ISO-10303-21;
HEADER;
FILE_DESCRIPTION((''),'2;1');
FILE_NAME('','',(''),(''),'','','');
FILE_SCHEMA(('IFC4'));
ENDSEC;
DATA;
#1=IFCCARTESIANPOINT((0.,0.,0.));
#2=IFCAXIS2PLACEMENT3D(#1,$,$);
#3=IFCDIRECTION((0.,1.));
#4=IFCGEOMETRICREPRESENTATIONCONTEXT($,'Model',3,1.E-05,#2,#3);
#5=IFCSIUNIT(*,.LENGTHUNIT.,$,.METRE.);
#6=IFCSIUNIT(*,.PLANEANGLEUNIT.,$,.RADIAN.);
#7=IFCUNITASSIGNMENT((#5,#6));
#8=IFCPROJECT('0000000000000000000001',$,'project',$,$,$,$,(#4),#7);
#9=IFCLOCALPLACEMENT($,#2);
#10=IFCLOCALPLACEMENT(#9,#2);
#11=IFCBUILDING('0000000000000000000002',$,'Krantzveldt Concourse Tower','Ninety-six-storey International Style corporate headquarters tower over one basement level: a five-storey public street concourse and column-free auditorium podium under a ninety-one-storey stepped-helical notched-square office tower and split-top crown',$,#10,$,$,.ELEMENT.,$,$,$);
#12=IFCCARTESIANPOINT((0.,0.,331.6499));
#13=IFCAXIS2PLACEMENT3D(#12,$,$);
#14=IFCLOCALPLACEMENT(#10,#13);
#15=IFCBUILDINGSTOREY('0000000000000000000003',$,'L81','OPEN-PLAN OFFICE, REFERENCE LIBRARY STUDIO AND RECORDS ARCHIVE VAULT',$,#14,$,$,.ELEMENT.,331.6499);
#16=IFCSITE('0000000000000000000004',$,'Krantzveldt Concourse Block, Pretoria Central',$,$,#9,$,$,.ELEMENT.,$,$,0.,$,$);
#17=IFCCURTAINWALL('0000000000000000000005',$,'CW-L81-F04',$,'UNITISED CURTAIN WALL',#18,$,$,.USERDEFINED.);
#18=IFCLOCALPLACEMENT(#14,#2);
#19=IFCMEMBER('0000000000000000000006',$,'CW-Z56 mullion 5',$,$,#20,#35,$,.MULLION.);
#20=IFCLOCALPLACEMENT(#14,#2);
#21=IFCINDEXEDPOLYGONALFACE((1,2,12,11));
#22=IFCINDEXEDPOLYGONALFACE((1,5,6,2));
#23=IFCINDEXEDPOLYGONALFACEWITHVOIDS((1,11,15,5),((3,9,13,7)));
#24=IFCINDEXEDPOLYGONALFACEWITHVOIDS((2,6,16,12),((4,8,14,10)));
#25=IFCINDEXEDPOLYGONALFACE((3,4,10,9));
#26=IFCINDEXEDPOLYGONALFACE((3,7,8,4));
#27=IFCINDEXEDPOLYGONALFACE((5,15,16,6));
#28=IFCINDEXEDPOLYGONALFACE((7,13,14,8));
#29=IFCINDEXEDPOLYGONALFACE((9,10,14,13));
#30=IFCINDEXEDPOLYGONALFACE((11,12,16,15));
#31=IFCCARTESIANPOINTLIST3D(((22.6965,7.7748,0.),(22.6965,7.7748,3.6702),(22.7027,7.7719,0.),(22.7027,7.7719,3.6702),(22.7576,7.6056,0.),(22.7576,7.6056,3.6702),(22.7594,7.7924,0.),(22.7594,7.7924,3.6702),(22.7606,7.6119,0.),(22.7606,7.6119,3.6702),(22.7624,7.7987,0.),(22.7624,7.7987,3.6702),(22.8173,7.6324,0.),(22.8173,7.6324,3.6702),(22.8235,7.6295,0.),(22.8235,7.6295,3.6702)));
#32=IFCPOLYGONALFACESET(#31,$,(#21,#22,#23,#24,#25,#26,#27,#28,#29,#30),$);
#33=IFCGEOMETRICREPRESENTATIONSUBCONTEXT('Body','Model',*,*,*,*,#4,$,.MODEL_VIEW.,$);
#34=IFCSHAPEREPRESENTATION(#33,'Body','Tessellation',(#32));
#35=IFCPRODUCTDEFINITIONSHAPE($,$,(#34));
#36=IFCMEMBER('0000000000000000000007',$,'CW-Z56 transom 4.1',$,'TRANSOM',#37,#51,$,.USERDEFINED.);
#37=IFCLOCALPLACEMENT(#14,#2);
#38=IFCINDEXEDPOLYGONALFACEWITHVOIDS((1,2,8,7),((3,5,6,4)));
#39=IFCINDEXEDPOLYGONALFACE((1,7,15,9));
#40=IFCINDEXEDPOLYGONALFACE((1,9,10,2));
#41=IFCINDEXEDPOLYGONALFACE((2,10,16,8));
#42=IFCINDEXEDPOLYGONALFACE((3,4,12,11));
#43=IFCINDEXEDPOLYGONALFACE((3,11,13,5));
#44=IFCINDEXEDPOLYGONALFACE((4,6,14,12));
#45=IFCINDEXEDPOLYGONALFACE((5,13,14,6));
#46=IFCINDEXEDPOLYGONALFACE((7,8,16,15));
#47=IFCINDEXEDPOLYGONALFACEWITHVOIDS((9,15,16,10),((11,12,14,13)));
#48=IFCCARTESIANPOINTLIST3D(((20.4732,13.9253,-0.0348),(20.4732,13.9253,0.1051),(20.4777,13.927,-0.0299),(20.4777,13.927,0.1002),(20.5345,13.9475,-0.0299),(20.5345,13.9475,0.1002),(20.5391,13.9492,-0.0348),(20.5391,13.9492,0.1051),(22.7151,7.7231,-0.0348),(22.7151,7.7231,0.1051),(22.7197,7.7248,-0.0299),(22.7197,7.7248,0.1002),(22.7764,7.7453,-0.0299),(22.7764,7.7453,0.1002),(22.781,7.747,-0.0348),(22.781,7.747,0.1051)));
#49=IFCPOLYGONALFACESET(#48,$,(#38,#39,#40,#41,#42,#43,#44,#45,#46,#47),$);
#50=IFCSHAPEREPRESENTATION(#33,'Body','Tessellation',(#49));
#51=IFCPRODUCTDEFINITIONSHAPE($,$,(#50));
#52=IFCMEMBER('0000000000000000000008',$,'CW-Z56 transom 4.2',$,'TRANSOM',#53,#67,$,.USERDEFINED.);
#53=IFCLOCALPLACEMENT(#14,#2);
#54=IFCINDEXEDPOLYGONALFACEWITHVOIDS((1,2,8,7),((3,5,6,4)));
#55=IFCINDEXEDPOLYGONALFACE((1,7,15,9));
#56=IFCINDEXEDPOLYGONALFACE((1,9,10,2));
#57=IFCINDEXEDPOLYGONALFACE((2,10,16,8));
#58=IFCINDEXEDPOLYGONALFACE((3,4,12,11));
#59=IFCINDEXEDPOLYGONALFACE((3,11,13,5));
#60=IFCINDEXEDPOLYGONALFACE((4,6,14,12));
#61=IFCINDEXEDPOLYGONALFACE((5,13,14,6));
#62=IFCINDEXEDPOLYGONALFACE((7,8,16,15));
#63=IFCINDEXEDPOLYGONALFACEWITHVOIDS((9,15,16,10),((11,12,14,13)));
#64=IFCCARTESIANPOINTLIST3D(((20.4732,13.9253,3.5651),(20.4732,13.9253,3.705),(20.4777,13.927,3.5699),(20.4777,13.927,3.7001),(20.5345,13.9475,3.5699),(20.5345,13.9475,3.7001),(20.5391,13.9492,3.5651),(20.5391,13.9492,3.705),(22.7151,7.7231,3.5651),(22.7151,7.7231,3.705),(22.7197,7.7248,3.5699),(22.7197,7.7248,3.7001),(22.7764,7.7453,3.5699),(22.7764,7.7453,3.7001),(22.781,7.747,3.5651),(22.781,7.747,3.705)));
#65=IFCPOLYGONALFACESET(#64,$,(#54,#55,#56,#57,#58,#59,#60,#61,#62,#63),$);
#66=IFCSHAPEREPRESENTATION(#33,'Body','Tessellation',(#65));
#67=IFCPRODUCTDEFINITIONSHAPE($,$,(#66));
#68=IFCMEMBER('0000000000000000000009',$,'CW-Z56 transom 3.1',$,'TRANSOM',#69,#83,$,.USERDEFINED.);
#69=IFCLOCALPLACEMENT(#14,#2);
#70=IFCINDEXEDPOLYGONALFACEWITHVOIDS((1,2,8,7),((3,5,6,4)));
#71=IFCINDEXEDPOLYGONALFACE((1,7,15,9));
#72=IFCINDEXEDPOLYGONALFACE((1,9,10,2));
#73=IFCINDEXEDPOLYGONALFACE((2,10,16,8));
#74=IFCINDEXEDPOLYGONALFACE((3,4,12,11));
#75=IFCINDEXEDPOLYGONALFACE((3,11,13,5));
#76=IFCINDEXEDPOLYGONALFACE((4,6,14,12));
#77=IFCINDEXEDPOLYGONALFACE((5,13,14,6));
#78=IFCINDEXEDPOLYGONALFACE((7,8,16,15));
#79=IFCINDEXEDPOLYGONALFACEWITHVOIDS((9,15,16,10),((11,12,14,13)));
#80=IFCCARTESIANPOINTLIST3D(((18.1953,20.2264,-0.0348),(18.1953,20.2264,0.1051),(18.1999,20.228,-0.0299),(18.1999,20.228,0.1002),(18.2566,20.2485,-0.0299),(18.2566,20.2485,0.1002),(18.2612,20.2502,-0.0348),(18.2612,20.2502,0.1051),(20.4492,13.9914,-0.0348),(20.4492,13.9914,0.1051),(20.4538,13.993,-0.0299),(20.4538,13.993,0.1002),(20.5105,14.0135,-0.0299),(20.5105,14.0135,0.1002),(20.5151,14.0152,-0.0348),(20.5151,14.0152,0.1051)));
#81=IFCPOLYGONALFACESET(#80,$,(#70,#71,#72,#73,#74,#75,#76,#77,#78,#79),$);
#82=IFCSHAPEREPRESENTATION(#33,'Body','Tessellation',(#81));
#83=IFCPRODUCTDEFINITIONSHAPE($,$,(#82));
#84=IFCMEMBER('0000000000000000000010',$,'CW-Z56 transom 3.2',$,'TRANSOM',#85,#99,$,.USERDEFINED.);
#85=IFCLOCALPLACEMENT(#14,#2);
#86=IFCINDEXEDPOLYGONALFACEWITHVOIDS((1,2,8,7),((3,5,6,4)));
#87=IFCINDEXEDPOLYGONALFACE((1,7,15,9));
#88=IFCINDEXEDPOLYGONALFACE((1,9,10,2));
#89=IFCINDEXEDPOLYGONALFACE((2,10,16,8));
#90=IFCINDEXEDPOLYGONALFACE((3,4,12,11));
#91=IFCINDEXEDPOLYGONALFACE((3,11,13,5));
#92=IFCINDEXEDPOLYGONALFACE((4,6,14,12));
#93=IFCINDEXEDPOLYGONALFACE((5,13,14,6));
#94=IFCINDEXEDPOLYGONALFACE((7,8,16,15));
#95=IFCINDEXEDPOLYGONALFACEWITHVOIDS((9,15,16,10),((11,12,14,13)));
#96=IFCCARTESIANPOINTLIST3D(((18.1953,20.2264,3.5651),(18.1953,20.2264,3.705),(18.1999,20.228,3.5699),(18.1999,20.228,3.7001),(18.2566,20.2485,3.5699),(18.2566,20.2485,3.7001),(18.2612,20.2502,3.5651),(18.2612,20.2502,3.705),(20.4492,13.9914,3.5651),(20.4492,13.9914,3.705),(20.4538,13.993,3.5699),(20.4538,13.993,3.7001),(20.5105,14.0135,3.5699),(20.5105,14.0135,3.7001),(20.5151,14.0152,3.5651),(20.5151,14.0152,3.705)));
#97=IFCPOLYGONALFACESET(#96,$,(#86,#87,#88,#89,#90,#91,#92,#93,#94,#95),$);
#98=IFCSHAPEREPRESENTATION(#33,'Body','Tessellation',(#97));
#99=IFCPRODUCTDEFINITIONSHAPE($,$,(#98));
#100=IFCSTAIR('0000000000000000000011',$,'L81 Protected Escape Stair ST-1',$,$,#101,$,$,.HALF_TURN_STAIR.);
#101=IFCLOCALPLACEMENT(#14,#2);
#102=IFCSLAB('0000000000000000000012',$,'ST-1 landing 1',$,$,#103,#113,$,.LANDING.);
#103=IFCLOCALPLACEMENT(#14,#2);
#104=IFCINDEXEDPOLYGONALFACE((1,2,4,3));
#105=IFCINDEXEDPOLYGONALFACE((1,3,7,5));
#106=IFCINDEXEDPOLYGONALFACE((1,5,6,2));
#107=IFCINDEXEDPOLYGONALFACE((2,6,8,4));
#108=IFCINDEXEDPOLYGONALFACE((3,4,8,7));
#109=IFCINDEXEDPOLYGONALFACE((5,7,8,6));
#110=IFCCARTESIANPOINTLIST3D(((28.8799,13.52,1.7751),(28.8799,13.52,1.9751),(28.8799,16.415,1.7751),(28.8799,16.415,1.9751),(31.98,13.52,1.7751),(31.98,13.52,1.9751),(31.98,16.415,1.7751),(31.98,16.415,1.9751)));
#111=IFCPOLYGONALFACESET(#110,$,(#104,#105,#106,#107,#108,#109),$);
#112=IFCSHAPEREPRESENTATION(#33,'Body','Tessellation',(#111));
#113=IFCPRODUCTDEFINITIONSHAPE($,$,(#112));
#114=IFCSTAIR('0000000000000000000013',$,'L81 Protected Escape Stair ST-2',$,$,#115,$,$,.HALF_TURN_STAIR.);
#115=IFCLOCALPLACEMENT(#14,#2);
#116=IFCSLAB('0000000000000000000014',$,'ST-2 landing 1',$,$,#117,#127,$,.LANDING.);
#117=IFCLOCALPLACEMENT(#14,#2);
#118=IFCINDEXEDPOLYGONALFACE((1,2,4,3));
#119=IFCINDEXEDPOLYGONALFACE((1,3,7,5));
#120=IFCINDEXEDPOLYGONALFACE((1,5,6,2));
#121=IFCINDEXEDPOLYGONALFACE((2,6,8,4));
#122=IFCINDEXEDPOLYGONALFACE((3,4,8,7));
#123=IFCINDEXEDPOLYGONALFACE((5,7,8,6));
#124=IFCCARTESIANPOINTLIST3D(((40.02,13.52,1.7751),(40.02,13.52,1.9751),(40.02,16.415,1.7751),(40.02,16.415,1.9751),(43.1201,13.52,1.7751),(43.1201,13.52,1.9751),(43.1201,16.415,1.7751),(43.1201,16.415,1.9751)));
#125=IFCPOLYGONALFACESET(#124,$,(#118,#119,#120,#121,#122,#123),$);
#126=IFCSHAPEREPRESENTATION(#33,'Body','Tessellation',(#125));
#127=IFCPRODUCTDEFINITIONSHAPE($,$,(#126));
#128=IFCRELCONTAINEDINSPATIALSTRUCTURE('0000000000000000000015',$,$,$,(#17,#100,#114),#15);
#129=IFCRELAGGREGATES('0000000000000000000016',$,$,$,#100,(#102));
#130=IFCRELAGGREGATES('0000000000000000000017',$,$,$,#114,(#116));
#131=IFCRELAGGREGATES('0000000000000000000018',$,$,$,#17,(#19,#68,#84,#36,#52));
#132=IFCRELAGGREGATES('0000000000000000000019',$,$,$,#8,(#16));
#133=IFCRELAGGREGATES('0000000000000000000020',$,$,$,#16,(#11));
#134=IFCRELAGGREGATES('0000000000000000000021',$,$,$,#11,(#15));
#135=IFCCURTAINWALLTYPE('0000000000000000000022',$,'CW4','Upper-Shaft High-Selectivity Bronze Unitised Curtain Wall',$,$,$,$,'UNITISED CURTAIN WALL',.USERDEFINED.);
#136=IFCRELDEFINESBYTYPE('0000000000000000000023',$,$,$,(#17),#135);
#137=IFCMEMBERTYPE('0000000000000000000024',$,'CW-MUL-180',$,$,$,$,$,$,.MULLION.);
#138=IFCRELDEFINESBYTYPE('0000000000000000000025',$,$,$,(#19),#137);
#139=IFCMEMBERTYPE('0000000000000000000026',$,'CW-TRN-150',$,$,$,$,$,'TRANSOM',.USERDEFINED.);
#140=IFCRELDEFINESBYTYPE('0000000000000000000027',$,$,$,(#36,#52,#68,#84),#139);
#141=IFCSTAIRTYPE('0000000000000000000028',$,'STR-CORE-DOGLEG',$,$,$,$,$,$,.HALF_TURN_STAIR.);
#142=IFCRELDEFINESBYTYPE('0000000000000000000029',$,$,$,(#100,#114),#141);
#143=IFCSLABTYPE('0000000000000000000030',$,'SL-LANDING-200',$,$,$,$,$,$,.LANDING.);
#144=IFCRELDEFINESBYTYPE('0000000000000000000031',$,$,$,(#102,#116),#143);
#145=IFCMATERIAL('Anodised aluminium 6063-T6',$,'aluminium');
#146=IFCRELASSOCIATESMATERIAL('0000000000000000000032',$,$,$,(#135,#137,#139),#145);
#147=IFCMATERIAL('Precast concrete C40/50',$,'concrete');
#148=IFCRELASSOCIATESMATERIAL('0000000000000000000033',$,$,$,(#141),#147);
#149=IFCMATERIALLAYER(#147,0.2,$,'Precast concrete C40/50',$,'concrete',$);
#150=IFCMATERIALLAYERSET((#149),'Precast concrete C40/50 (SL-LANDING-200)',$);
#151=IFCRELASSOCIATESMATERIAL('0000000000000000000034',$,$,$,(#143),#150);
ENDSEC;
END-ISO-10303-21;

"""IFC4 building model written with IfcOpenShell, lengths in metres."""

from ifc_helpers import new_model, si_unit, direction, frame, origin, origin_2d, place, context, subcontext, project, spatial, polyline, hollow_rectangle, outline, extrude, source, transform, mapped, material, layer, layer_set, material_profile, profile_set, type_object, type_shapes, element, aggregate, save


model = new_model("IFC4")

# Units and contexts
model_context = context("Model", 3, precision=1e-05, world=origin(), true_north=direction((0.0, 1.0)))
body_context = subcontext(model_context, "Body", "Model", "MODEL_VIEW")
ifc_project = project(units=[si_unit("LENGTHUNIT", "METRE"), si_unit("PLANEANGLEUNIT", "RADIAN")], contexts=[model_context])

# Site, building, storey
site_placement = place(None, origin())
site = spatial("IfcSite", under=ifc_project, at=site_placement, Name="Krantzveldt Concourse Block, Pretoria Central", CompositionType="ELEMENT", RefElevation=0.0)
building_placement = place(site_placement, origin())
building = spatial("IfcBuilding", under=site, at=building_placement, Name="Krantzveldt Concourse Tower", Description="Ninety-six-storey International Style corporate headquarters tower over one basement level: a five-storey public street concourse and column-free auditorium podium under a ninety-one-storey stepped-helical notched-square office tower and split-top crown", CompositionType="ELEMENT")
storey_placement = place(building_placement, frame((0.0, 0.0, 331.6499)))
storey = spatial("IfcBuildingStorey", under=building, at=storey_placement, Name="L81", Description="OPEN-PLAN OFFICE, REFERENCE LIBRARY STUDIO AND RECORDS ARCHIVE VAULT", CompositionType="ELEMENT", Elevation=331.6499)

# Curtain wall, members
ifc_material_1 = material(Name="Anodised aluminium 6063-T6", Category="aluminium")
curtain_wall_type = type_object("IfcCurtainWallType", Name="CW4", Description="Upper-Shaft High-Selectivity Bronze Unitised Curtain Wall", ElementType="UNITISED CURTAIN WALL", PredefinedType="USERDEFINED", material=ifc_material_1)
curtain_wall_placement = place(storey_placement, origin())
curtain_wall = element("IfcCurtainWall", 1, at=curtain_wall_placement, inside=storey, type_object=curtain_wall_type, Name="CW-L81-F04", ObjectType="UNITISED CURTAIN WALL", PredefinedType="USERDEFINED")
ifc_material_profile_1 = material_profile(ifc_material_1, hollow_rectangle(XDim=0.0701, YDim=0.1799, WallThickness=0.0049, at=origin_2d()), Name="Anodised aluminium 6063-T6", Category="aluminium")
ifc_profile_set_1 = profile_set([ifc_material_profile_1], Name="Anodised aluminium 6063-T6 - ALU-MULL 180x70x5")
member_type_1 = type_object("IfcMemberType", Name="CW-MUL-180", PredefinedType="MULLION", material=ifc_profile_set_1)
shared_shape_1 = source(origin(), body_context, "Body", "SweptSolid", [
    extrude(hollow_rectangle(XDim=0.0701, YDim=0.1799, WallThickness=0.0049, at=origin_2d()), origin(), (0.0, 0.0, 1.0), 3.6702),
])
type_shapes(member_type_1, [shared_shape_1])
member_1_placement = place(storey_placement, frame((22.76, 7.7021, 0.0), z_axis=(0.0, 0.0, 1.0), x_axis=(0.940437, 0.339969, 0.0)))
member_1 = element("IfcMember", 2, at=member_1_placement, type_object=member_type_1, Name="CW-Z56 mullion 5", PredefinedType="MULLION", context=body_context, shape_type="MappedRepresentation", body=[
    mapped(shared_shape_1, transform((0.0, 0.0, 0.0), x_axis=(1.0, 0.0, 0.0), y_axis=(0.0, 1.0, 0.0), z_axis=(0.0, 0.0, 1.0), scale=1.0)),
])
ifc_material_profile_2 = material_profile(ifc_material_1, hollow_rectangle(XDim=0.0701, YDim=0.1399, WallThickness=0.0049, at=origin_2d()), Name="Anodised aluminium 6063-T6", Category="aluminium")
ifc_profile_set_2 = profile_set([ifc_material_profile_2], Name="Anodised aluminium 6063-T6 - ALU-TRAN 140x70x5")
member_type_2 = type_object("IfcMemberType", Name="CW-TRN-150", ElementType="TRANSOM", PredefinedType="USERDEFINED", material=ifc_profile_set_2)
shared_shape_2 = source(origin(), body_context, "Body", "SweptSolid", [
    extrude(hollow_rectangle(XDim=0.0701, YDim=0.1399, WallThickness=0.0049, at=origin_2d()), origin(), (0.0, 0.0, 1.0), 6.595),
])
member_2_placement = place(storey_placement, frame((20.5061, 13.9373, 0.0352), z_axis=(0.33995, -0.940443, 0.0), x_axis=(0.940443, 0.33995, 0.0)))
member_2 = element("IfcMember", 3, at=member_2_placement, type_object=member_type_2, Name="CW-Z56 transom 4.1", ObjectType="TRANSOM", PredefinedType="USERDEFINED", context=body_context, shape_type="MappedRepresentation", body=[
    mapped(shared_shape_2, transform((0.0, 0.0, 0.0), x_axis=(1.0, 0.0, 0.0), y_axis=(0.0, 1.0, 0.0), z_axis=(0.0, 0.0, 1.0), scale=1.0)),
])
member_3_placement = place(storey_placement, frame((20.5061, 13.9373, 3.635), z_axis=(0.33995, -0.940443, 0.0), x_axis=(0.940443, 0.33995, 0.0)))
member_3 = element("IfcMember", 4, at=member_3_placement, type_object=member_type_2, Name="CW-Z56 transom 4.2", ObjectType="TRANSOM", PredefinedType="USERDEFINED", context=body_context, shape_type="MappedRepresentation", body=[
    mapped(shared_shape_2, transform((0.0, 0.0, 0.0), x_axis=(1.0, 0.0, 0.0), y_axis=(0.0, 1.0, 0.0), z_axis=(0.0, 0.0, 1.0), scale=1.0)),
])
shared_shape_3 = source(origin(), body_context, "Body", "SweptSolid", [
    extrude(hollow_rectangle(XDim=0.0701, YDim=0.1399, WallThickness=0.0049, at=origin_2d()), origin(), (0.0, 0.0, 1.0), 6.6299),
])
type_shapes(member_type_2, [shared_shape_2, shared_shape_3])
member_4_placement = place(storey_placement, frame((18.2283, 20.2383, 0.0352), z_axis=(0.339957, -0.940441, 0.0), x_axis=(0.940441, 0.339957, 0.0)))
member_4 = element("IfcMember", 5, at=member_4_placement, type_object=member_type_2, Name="CW-Z56 transom 3.1", ObjectType="TRANSOM", PredefinedType="USERDEFINED", context=body_context, shape_type="MappedRepresentation", body=[
    mapped(shared_shape_3, transform((0.0, 0.0, 0.0), x_axis=(1.0, 0.0, 0.0), y_axis=(0.0, 1.0, 0.0), z_axis=(0.0, 0.0, 1.0), scale=1.0)),
])
member_5_placement = place(storey_placement, frame((18.2283, 20.2383, 3.635), z_axis=(0.339957, -0.940441, 0.0), x_axis=(0.940441, 0.339957, 0.0)))
member_5 = element("IfcMember", 6, at=member_5_placement, type_object=member_type_2, Name="CW-Z56 transom 3.2", ObjectType="TRANSOM", PredefinedType="USERDEFINED", context=body_context, shape_type="MappedRepresentation", body=[
    mapped(shared_shape_3, transform((0.0, 0.0, 0.0), x_axis=(1.0, 0.0, 0.0), y_axis=(0.0, 1.0, 0.0), z_axis=(0.0, 0.0, 1.0), scale=1.0)),
])

# Stairs, slabs
ifc_material_2 = material(Name="Precast concrete C40/50", Category="concrete")
stair_type = type_object("IfcStairType", Name="STR-CORE-DOGLEG", PredefinedType="HALF_TURN_STAIR", material=ifc_material_2)
stair_1_placement = place(storey_placement, origin())
stair_1 = element("IfcStair", 7, at=stair_1_placement, inside=storey, type_object=stair_type, Name="L81 Protected Escape Stair ST-1", PredefinedType="HALF_TURN_STAIR")
ifc_layer_1 = layer(ifc_material_2, 0.2, Name="Precast concrete C40/50", Category="concrete")
ifc_layer_set_1 = layer_set([ifc_layer_1], Name="Precast concrete C40/50 (SL-LANDING-200)")
slab_type_1 = type_object("IfcSlabType", Name="SL-LANDING-200", PredefinedType="LANDING", material=ifc_layer_set_1)
slab_1_placement = place(storey_placement, frame((0.0, 0.0, 1.7751)))
slab_1 = element("IfcSlab", 8, at=slab_1_placement, type_object=slab_type_1, Name="ST-1 landing 1", PredefinedType="LANDING", context=body_context, shape_type="SweptSolid", body=[
    extrude(outline(polyline([(28.8799, 16.415), (28.8799, 13.52), (31.98, 13.52), (31.98, 16.415), (28.8799, 16.415)])), origin(), (0.0, 0.0, 1.0), 0.2),
])
aggregate(stair_1, [slab_1])
stair_2_placement = place(storey_placement, origin())
stair_2 = element("IfcStair", 9, at=stair_2_placement, inside=storey, type_object=stair_type, Name="L81 Protected Escape Stair ST-2", PredefinedType="HALF_TURN_STAIR")
slab_2_placement = place(storey_placement, frame((0.0, 0.0, 1.7751)))
slab_2 = element("IfcSlab", 10, at=slab_2_placement, type_object=slab_type_1, Name="ST-2 landing 1", PredefinedType="LANDING", context=body_context, shape_type="SweptSolid", body=[
    extrude(outline(polyline([(40.02, 16.415), (40.02, 13.52), (43.1201, 13.52), (43.1201, 16.415), (40.02, 16.415)])), origin(), (0.0, 0.0, 1.0), 0.2),
])
aggregate(stair_2, [slab_2])

aggregate(curtain_wall, [member_1, member_4, member_5, member_2, member_3])

save(model, "model.ifc")
